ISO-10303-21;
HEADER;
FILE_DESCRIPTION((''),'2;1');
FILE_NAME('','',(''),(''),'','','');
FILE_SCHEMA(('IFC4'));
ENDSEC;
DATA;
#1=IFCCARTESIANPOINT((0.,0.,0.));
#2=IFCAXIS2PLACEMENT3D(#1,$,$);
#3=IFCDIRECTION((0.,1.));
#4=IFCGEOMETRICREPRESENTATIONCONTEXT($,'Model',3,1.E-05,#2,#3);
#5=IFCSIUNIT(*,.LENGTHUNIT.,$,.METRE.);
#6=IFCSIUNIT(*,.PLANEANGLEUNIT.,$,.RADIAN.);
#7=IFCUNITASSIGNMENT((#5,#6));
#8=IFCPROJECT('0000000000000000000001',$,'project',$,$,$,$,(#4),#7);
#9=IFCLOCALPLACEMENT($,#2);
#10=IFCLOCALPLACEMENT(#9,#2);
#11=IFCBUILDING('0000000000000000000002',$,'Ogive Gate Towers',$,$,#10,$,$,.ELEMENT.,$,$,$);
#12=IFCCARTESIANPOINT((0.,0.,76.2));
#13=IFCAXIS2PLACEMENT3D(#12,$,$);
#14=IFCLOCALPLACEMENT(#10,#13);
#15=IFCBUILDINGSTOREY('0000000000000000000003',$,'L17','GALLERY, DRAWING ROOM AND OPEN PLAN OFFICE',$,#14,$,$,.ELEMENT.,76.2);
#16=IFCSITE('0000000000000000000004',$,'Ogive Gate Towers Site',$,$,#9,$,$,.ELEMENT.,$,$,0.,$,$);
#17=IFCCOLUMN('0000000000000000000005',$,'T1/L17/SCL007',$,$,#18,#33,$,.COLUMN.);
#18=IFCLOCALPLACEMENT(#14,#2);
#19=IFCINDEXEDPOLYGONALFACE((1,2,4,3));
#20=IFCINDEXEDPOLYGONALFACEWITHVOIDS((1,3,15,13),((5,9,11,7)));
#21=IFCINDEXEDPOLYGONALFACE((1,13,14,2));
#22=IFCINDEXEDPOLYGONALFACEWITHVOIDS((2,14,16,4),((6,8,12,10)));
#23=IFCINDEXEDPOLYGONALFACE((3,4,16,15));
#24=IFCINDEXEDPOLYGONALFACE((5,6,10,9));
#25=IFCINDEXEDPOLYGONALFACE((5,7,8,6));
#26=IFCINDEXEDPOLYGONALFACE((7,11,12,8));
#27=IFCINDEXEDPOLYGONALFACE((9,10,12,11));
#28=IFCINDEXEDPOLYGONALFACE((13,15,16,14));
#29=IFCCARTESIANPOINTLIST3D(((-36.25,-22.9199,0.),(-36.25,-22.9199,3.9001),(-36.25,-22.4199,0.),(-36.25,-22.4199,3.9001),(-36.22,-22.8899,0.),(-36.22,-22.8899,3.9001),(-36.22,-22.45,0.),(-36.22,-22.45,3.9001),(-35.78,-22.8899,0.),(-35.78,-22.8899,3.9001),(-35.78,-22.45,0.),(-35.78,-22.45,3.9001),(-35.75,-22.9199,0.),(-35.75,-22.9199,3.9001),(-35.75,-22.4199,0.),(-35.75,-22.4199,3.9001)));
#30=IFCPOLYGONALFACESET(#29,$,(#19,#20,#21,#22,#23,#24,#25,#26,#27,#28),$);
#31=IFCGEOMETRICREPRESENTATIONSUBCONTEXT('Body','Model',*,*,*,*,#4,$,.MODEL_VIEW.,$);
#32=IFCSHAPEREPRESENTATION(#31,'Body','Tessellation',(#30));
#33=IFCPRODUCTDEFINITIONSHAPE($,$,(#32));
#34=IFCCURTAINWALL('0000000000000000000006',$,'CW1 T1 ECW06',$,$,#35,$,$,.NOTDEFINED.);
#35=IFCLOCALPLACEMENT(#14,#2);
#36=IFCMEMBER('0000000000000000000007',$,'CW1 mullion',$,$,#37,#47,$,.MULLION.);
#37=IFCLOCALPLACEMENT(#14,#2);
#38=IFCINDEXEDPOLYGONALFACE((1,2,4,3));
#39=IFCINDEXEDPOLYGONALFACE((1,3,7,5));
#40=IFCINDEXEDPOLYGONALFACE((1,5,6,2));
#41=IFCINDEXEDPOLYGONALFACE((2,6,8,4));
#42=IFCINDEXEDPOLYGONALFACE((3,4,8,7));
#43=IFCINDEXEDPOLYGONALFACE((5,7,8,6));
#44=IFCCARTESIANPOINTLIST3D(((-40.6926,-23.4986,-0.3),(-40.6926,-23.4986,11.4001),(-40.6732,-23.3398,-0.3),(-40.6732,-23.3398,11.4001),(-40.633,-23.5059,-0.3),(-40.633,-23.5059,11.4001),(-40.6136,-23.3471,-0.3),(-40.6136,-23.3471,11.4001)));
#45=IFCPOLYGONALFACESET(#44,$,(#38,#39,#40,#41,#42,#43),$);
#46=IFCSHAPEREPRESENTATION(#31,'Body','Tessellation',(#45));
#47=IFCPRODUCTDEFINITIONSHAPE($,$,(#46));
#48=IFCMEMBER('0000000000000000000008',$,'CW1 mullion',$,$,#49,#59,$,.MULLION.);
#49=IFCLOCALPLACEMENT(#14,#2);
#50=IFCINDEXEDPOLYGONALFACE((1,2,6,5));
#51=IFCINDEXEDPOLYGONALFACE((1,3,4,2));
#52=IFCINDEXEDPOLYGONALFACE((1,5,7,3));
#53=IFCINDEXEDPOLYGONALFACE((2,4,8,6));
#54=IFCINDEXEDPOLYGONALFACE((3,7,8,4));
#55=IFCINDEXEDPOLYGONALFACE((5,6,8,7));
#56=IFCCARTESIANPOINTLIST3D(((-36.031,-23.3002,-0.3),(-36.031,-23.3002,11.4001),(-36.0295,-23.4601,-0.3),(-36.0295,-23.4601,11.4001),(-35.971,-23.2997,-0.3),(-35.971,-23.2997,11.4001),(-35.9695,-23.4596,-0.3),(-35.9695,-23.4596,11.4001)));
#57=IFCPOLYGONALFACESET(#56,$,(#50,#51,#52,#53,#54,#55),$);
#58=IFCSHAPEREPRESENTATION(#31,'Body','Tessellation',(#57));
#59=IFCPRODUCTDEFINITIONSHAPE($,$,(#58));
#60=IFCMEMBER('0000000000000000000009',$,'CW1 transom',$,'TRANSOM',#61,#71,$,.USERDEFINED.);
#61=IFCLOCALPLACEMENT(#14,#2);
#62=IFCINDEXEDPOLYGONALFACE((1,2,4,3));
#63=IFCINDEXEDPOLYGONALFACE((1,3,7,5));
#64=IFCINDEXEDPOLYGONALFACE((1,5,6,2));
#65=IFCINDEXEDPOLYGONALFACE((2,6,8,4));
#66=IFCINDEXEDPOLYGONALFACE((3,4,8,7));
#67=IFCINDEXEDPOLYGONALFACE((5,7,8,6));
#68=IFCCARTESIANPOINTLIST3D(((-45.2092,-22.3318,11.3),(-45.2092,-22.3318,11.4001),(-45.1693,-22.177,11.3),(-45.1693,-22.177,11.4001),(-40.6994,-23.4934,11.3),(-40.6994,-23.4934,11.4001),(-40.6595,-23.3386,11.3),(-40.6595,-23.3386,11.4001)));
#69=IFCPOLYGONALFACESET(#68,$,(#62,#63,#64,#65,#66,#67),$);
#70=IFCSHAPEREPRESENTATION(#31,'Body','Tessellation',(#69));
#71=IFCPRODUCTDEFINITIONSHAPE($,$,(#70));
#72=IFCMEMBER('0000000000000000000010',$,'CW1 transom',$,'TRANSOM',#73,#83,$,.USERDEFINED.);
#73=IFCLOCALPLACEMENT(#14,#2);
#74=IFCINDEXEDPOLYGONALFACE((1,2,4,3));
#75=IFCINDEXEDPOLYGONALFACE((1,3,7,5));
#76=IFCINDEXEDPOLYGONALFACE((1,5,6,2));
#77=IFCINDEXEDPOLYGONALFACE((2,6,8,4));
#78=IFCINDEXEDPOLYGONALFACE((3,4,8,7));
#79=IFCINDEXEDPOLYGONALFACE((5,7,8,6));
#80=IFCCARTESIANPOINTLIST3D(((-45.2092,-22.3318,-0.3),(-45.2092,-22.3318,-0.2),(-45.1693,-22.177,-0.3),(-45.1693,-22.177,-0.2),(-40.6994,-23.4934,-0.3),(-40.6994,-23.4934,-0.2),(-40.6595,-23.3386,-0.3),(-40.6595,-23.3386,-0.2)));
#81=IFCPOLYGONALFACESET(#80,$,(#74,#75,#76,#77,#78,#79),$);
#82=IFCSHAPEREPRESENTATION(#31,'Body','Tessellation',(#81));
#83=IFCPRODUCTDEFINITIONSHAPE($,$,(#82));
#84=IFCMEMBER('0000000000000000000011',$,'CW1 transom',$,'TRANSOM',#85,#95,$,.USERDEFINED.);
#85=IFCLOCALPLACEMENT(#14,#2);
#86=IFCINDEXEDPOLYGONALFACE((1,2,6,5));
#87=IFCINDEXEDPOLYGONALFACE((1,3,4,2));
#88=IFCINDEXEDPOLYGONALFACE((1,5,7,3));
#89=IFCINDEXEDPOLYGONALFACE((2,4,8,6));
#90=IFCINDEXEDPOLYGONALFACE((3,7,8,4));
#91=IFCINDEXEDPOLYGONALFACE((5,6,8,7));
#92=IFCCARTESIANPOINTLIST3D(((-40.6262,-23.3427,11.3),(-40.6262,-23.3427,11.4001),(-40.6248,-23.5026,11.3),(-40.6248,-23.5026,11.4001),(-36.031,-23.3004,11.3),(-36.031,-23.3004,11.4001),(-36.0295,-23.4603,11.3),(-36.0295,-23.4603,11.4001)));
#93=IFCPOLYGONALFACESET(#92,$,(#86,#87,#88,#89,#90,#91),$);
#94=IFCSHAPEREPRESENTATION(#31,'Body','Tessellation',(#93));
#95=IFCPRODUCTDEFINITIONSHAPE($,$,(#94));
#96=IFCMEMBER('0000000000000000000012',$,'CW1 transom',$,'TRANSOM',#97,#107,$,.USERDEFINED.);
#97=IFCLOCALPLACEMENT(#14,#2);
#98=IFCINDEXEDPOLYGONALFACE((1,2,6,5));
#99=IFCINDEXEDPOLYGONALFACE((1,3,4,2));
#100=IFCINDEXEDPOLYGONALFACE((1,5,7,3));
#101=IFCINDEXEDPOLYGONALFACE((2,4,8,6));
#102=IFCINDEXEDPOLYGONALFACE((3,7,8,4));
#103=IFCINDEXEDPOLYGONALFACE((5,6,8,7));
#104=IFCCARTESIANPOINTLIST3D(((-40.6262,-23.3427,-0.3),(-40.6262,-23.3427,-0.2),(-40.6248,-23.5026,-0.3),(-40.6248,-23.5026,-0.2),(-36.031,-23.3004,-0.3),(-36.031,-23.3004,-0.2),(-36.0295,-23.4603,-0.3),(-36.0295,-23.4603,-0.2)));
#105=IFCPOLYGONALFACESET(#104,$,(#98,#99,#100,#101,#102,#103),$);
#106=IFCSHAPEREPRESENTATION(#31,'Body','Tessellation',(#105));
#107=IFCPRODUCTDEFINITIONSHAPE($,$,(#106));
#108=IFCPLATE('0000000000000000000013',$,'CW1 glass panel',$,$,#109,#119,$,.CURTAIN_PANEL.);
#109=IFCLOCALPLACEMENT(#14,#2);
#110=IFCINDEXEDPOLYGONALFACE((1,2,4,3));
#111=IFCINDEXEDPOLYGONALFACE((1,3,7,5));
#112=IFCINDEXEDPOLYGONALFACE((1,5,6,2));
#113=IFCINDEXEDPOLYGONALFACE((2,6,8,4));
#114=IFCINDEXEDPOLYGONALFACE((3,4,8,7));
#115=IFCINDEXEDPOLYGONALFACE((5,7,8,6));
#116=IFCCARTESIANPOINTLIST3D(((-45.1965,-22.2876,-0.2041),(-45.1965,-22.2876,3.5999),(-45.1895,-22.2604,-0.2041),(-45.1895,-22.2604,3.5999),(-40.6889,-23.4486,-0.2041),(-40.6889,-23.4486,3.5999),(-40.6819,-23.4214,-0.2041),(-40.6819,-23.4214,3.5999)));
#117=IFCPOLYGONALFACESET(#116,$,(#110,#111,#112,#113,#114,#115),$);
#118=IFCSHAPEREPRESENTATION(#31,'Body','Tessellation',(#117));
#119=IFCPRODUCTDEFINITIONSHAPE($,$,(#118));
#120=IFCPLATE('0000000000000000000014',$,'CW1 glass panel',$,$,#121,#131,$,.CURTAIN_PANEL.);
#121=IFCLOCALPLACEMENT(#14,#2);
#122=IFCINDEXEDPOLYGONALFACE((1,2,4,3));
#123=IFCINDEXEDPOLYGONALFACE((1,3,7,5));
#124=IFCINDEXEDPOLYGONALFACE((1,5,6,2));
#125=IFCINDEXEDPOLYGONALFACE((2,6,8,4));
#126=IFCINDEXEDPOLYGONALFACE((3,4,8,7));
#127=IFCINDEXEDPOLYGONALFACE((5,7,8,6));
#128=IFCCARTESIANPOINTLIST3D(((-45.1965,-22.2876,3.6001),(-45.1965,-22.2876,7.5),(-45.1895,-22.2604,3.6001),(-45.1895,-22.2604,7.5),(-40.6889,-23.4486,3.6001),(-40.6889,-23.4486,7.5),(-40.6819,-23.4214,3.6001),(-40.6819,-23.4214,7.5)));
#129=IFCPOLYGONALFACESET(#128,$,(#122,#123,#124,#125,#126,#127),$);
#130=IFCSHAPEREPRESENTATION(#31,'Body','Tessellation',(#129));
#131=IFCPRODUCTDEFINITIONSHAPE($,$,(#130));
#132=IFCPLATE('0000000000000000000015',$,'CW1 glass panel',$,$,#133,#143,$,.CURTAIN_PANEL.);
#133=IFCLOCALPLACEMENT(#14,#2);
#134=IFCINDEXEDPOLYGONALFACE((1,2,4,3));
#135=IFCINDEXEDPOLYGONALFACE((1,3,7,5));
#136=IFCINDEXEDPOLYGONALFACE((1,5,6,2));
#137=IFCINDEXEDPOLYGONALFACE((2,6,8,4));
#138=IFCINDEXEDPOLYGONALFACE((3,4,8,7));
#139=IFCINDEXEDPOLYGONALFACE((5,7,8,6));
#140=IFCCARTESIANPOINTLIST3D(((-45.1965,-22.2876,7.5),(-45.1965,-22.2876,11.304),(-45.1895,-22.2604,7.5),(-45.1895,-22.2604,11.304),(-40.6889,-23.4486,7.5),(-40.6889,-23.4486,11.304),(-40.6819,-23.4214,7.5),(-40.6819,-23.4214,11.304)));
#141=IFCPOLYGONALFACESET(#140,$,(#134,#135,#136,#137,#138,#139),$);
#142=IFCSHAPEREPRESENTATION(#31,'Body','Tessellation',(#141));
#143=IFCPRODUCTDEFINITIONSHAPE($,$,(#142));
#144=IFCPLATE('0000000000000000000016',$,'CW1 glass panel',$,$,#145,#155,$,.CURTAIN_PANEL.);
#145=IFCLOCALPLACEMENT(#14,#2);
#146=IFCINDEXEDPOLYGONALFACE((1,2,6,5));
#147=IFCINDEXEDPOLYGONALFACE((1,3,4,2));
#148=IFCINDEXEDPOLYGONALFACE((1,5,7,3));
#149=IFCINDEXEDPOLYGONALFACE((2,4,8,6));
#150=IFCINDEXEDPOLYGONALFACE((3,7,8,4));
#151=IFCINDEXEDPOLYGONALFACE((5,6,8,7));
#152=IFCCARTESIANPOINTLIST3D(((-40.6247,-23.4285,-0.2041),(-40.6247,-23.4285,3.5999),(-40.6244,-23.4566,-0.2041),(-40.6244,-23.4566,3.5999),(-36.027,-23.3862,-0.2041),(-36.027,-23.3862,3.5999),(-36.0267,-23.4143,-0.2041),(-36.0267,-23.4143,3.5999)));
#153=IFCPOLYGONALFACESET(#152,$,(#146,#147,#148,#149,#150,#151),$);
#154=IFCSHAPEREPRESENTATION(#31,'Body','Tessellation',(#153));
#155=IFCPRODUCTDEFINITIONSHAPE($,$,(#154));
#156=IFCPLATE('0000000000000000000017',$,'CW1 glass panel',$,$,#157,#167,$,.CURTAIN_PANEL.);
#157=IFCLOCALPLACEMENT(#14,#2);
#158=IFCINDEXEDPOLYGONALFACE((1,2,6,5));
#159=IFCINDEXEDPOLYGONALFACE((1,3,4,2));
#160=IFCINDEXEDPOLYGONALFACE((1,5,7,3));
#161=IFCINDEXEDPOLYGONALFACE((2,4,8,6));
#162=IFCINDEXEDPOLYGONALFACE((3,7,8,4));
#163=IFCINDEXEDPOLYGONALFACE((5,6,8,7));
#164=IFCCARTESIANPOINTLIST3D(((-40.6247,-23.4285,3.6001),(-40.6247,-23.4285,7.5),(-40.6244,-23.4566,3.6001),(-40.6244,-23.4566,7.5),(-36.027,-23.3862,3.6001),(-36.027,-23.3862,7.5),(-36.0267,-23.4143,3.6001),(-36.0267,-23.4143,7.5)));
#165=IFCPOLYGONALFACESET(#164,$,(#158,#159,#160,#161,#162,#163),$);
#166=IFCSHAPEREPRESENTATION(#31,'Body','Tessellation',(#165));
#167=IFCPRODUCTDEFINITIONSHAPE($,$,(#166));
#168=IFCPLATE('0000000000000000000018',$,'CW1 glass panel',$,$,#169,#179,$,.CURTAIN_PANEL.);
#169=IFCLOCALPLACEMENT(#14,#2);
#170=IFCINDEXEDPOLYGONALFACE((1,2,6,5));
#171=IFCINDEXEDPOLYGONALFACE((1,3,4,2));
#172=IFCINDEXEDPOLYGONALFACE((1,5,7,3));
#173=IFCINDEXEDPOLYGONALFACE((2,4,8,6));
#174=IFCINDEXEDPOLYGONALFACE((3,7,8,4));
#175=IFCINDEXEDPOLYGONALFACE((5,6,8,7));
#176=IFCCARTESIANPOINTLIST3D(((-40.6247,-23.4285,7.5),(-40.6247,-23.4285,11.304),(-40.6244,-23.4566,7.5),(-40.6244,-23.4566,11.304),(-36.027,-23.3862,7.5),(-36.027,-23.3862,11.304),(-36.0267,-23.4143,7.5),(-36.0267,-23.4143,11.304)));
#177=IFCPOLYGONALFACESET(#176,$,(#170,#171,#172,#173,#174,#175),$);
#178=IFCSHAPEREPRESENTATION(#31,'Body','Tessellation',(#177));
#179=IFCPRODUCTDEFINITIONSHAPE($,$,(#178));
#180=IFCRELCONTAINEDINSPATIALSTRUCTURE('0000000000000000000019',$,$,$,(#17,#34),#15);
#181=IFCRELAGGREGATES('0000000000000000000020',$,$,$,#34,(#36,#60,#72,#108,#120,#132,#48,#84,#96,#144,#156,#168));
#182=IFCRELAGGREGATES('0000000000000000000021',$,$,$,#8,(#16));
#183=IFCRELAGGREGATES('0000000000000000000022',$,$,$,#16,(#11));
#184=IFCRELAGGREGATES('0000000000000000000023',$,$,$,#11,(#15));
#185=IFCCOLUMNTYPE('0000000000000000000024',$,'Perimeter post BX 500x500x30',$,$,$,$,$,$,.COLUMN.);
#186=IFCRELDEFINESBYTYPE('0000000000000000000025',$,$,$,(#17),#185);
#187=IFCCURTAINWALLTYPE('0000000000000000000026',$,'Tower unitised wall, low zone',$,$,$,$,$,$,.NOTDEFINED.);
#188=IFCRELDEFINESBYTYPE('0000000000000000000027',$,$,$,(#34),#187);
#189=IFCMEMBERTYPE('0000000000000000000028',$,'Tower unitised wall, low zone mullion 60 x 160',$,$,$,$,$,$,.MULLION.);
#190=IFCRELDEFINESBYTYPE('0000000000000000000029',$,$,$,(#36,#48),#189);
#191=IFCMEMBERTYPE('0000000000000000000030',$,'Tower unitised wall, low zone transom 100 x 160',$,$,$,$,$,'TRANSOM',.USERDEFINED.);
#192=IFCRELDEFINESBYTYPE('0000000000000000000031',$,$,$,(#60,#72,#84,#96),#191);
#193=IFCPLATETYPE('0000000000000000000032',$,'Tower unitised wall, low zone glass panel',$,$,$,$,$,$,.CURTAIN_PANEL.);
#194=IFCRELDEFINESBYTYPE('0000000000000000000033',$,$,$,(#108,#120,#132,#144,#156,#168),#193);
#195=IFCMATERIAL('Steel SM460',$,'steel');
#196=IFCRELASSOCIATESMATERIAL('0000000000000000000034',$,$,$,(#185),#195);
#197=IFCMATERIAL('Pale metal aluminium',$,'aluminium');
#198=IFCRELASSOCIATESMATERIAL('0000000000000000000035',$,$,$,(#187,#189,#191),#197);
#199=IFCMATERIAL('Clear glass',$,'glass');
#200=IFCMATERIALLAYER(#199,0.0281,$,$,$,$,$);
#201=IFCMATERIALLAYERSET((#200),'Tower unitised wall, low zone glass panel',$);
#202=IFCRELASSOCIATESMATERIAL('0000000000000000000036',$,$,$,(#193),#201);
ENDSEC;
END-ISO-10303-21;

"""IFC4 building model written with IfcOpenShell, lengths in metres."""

from ifc_helpers import new_model, si_unit, direction, frame, origin, origin_2d, place, context, subcontext, project, spatial, rectangle, hollow_rectangle, extrude, material, layer, layer_set, material_profile, profile_set, type_object, element, aggregate, save


model = new_model("IFC4")

# Units and contexts
model_context = context("Model", 3, precision=1e-05, world=origin(), true_north=direction((0.0, 1.0)))
body_context = subcontext(model_context, "Body", "Model", "MODEL_VIEW")
ifc_project = project(units=[si_unit("LENGTHUNIT", "METRE"), si_unit("PLANEANGLEUNIT", "RADIAN")], contexts=[model_context])

# Site, building, storey
site_placement = place(None, origin())
site = spatial("IfcSite", under=ifc_project, at=site_placement, Name="Ogive Gate Towers Site", CompositionType="ELEMENT", RefElevation=0.0)
building_placement = place(site_placement, origin())
building = spatial("IfcBuilding", under=site, at=building_placement, Name="Ogive Gate Towers", CompositionType="ELEMENT")
storey_placement = place(building_placement, frame((0.0, 0.0, 76.2)))
storey = spatial("IfcBuildingStorey", under=building, at=storey_placement, Name="L17", Description="GALLERY, DRAWING ROOM AND OPEN PLAN OFFICE", CompositionType="ELEMENT", Elevation=76.2)

# Column
ifc_material_1 = material(Name="Steel SM460", Category="steel")
ifc_material_profile_1 = material_profile(ifc_material_1, hollow_rectangle(XDim=0.5, YDim=0.5, WallThickness=0.03, at=origin_2d()), Name="BX 500x500x30")
ifc_profile_set_1 = profile_set([ifc_material_profile_1], Name="Steel SM460")
column_type = type_object("IfcColumnType", Name="Perimeter post BX 500x500x30", PredefinedType="COLUMN", material=ifc_profile_set_1)
column_placement = place(storey_placement, frame((-36.0, -22.6699, 0.0), z_axis=(0.0, 0.0, 1.0), x_axis=(1.0, 0.0, 0.0)))
element("IfcColumn", 1, at=column_placement, inside=storey, type_object=column_type, Name="T1/L17/SCL007", PredefinedType="COLUMN", context=body_context, shape_type="SweptSolid", body=[
    extrude(hollow_rectangle(XDim=0.5, YDim=0.5, WallThickness=0.03, at=origin_2d()), origin(), (0.0, 0.0, 1.0), 3.9001),
])

# Curtain wall, members, plates
ifc_material_2 = material(Name="Pale metal aluminium", Category="aluminium")
curtain_wall_type = type_object("IfcCurtainWallType", Name="Tower unitised wall, low zone", PredefinedType="NOTDEFINED", material=ifc_material_2)
curtain_wall_placement = place(storey_placement, origin())
curtain_wall = element("IfcCurtainWall", 2, at=curtain_wall_placement, inside=storey, type_object=curtain_wall_type, Name="CW1 T1 ECW06", PredefinedType="NOTDEFINED")
ifc_material_profile_2 = material_profile(ifc_material_2, rectangle(XDim=0.1599, YDim=0.0601, at=origin_2d()), Name="60 x 160 aluminium box")
ifc_profile_set_2 = profile_set([ifc_material_profile_2], Name="Pale metal aluminium")
member_type_1 = type_object("IfcMemberType", Name="Tower unitised wall, low zone mullion 60 x 160", PredefinedType="MULLION", material=ifc_profile_set_2)
member_1_placement = place(storey_placement, frame((-40.6531, -23.4229, -0.3), z_axis=(0.0, 0.0, 1.0), x_axis=(-0.121142, -0.992635, 0.0)))
member_1 = element("IfcMember", 3, at=member_1_placement, type_object=member_type_1, Name="CW1 mullion", PredefinedType="MULLION", context=body_context, shape_type="SweptSolid", body=[
    extrude(rectangle(XDim=0.1599, YDim=0.0601, at=origin_2d()), origin(), (0.0, 0.0, 1.0), 11.7002),
])
member_2_placement = place(storey_placement, frame((-36.0002, -23.3799, -0.3), z_axis=(0.0, 0.0, 1.0), x_axis=(0.009198, -0.999958, 0.0)))
member_2 = element("IfcMember", 4, at=member_2_placement, type_object=member_type_1, Name="CW1 mullion", PredefinedType="MULLION", context=body_context, shape_type="SweptSolid", body=[
    extrude(rectangle(XDim=0.1599, YDim=0.0601, at=origin_2d()), origin(), (0.0, 0.0, 1.0), 11.7002),
])
ifc_material_profile_3 = material_profile(ifc_material_2, rectangle(XDim=0.1599, YDim=0.1001, at=origin_2d()), Name="100 x 160 aluminium box")
ifc_profile_set_3 = profile_set([ifc_material_profile_3], Name="Pale metal aluminium")
member_type_2 = type_object("IfcMemberType", Name="Tower unitised wall, low zone transom 100 x 160", ElementType="TRANSOM", PredefinedType="USERDEFINED", material=ifc_profile_set_3)
member_3_placement = place(storey_placement, frame((-45.1892, -22.2544, 11.3501), z_axis=(0.968391, -0.249437, 0.0), x_axis=(0.249437, 0.968391, 0.0)))
member_3 = element("IfcMember", 5, at=member_3_placement, type_object=member_type_2, Name="CW1 transom", ObjectType="TRANSOM", PredefinedType="USERDEFINED", context=body_context, shape_type="SweptSolid", body=[
    extrude(rectangle(XDim=0.1599, YDim=0.1001, at=origin_2d()), origin(), (0.0, 0.0, 1.0), 4.657),
])
member_4_placement = place(storey_placement, frame((-45.1892, -22.2544, -0.25), z_axis=(0.968391, -0.249437, 0.0), x_axis=(0.249437, 0.968391, 0.0)))
member_4 = element("IfcMember", 6, at=member_4_placement, type_object=member_type_2, Name="CW1 transom", ObjectType="TRANSOM", PredefinedType="USERDEFINED", context=body_context, shape_type="SweptSolid", body=[
    extrude(rectangle(XDim=0.1599, YDim=0.1001, at=origin_2d()), origin(), (0.0, 0.0, 1.0), 4.657),
])
member_5_placement = place(storey_placement, frame((-40.6255, -23.4226, 11.3501), z_axis=(0.999958, 0.009191, 0.0), x_axis=(-0.009191, 0.999958, 0.0)))
member_5 = element("IfcMember", 7, at=member_5_placement, type_object=member_type_2, Name="CW1 transom", ObjectType="TRANSOM", PredefinedType="USERDEFINED", context=body_context, shape_type="SweptSolid", body=[
    extrude(rectangle(XDim=0.1599, YDim=0.1001, at=origin_2d()), origin(), (0.0, 0.0, 1.0), 4.5955),
])
member_6_placement = place(storey_placement, frame((-40.6255, -23.4226, -0.25), z_axis=(0.999958, 0.009191, 0.0), x_axis=(-0.009191, 0.999958, 0.0)))
member_6 = element("IfcMember", 8, at=member_6_placement, type_object=member_type_2, Name="CW1 transom", ObjectType="TRANSOM", PredefinedType="USERDEFINED", context=body_context, shape_type="SweptSolid", body=[
    extrude(rectangle(XDim=0.1599, YDim=0.1001, at=origin_2d()), origin(), (0.0, 0.0, 1.0), 4.5955),
])
ifc_material_3 = material(Name="Clear glass", Category="glass")
ifc_layer_1 = layer(ifc_material_3, 0.0281)
ifc_layer_set_1 = layer_set([ifc_layer_1], Name="Tower unitised wall, low zone glass panel")
plate_type = type_object("IfcPlateType", Name="Tower unitised wall, low zone glass panel", PredefinedType="CURTAIN_PANEL", material=ifc_layer_set_1)
plate_1_placement = place(storey_placement, frame((-42.9392, -22.8545, -0.2041), z_axis=(0.0, 0.0, 1.0), x_axis=(0.968396, -0.249417, 0.0)))
plate_1 = element("IfcPlate", 9, at=plate_1_placement, type_object=plate_type, Name="CW1 glass panel", PredefinedType="CURTAIN_PANEL", context=body_context, shape_type="SweptSolid", body=[
    extrude(rectangle(XDim=4.6548, YDim=0.0281, at=origin_2d()), origin(), (0.0, 0.0, 1.0), 3.804),
])
plate_2_placement = place(storey_placement, frame((-42.9392, -22.8545, 3.6001), z_axis=(0.0, 0.0, 1.0), x_axis=(0.968396, -0.249417, 0.0)))
plate_2 = element("IfcPlate", 10, at=plate_2_placement, type_object=plate_type, Name="CW1 glass panel", PredefinedType="CURTAIN_PANEL", context=body_context, shape_type="SweptSolid", body=[
    extrude(rectangle(XDim=4.6548, YDim=0.0281, at=origin_2d()), origin(), (0.0, 0.0, 1.0), 3.8999),
])
plate_3_placement = place(storey_placement, frame((-42.9392, -22.8545, 7.5), z_axis=(0.0, 0.0, 1.0), x_axis=(0.968396, -0.249417, 0.0)))
plate_3 = element("IfcPlate", 11, at=plate_3_placement, type_object=plate_type, Name="CW1 glass panel", PredefinedType="CURTAIN_PANEL", context=body_context, shape_type="SweptSolid", body=[
    extrude(rectangle(XDim=4.6548, YDim=0.0281, at=origin_2d()), origin(), (0.0, 0.0, 1.0), 3.804),
])
plate_4_placement = place(storey_placement, frame((-38.3257, -23.4214, -0.2041), z_axis=(0.0, 0.0, 1.0), x_axis=(0.999958, 0.009198, 0.0)))
plate_4 = element("IfcPlate", 12, at=plate_4_placement, type_object=plate_type, Name="CW1 glass panel", PredefinedType="CURTAIN_PANEL", context=body_context, shape_type="SweptSolid", body=[
    extrude(rectangle(XDim=4.5979, YDim=0.0281, at=origin_2d()), origin(), (0.0, 0.0, 1.0), 3.804),
])
plate_5_placement = place(storey_placement, frame((-38.3257, -23.4214, 3.6001), z_axis=(0.0, 0.0, 1.0), x_axis=(0.999958, 0.009198, 0.0)))
plate_5 = element("IfcPlate", 13, at=plate_5_placement, type_object=plate_type, Name="CW1 glass panel", PredefinedType="CURTAIN_PANEL", context=body_context, shape_type="SweptSolid", body=[
    extrude(rectangle(XDim=4.5979, YDim=0.0281, at=origin_2d()), origin(), (0.0, 0.0, 1.0), 3.8999),
])
plate_6_placement = place(storey_placement, frame((-38.3257, -23.4214, 7.5), z_axis=(0.0, 0.0, 1.0), x_axis=(0.999958, 0.009198, 0.0)))
plate_6 = element("IfcPlate", 14, at=plate_6_placement, type_object=plate_type, Name="CW1 glass panel", PredefinedType="CURTAIN_PANEL", context=body_context, shape_type="SweptSolid", body=[
    extrude(rectangle(XDim=4.5979, YDim=0.0281, at=origin_2d()), origin(), (0.0, 0.0, 1.0), 3.804),
])
aggregate(curtain_wall, [member_1, member_3, member_4, plate_1, plate_2, plate_3, member_2, member_5, member_6, plate_4, plate_5, plate_6])

save(model, "model.ifc")
